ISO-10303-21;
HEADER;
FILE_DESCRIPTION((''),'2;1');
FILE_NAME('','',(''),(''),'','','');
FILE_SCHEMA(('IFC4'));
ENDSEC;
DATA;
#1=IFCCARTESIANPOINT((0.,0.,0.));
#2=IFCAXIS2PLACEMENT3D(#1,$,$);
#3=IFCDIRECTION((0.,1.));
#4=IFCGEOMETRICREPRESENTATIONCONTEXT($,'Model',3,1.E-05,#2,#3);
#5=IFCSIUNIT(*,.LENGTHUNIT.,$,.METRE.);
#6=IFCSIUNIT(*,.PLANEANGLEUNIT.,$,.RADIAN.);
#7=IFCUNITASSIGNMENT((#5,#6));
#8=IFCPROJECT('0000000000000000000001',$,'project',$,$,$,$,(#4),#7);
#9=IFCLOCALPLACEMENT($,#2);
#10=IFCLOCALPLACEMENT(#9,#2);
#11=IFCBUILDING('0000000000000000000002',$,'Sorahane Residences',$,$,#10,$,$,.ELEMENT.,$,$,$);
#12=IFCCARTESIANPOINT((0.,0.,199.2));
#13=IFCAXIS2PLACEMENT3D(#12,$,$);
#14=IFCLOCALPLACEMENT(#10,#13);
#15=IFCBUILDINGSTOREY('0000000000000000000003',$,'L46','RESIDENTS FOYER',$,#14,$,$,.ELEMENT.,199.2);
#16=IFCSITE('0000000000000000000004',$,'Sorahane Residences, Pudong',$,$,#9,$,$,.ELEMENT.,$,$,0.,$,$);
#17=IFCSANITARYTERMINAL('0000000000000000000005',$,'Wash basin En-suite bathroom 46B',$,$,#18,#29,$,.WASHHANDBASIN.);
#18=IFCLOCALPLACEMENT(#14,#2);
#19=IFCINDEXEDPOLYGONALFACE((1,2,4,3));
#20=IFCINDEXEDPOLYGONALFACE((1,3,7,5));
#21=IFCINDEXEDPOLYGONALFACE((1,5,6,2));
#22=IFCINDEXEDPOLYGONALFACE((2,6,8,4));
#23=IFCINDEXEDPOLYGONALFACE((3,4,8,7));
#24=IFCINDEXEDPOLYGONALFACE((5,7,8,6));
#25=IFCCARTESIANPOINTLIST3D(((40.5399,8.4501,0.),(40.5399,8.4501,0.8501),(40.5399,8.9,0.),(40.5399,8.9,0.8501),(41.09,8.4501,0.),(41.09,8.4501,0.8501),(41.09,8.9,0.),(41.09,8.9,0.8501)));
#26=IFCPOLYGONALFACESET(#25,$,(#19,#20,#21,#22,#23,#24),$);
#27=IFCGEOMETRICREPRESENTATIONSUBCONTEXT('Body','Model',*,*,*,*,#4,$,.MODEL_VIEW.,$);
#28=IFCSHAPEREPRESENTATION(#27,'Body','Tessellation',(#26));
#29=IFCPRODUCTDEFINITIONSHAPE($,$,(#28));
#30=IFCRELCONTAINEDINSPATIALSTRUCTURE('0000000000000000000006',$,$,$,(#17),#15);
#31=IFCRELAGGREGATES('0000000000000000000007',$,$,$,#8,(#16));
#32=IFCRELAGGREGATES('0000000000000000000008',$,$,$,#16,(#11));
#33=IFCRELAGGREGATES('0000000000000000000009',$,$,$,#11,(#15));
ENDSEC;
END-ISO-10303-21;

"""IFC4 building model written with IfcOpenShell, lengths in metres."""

from ifc_helpers import new_model, si_unit, direction, frame, origin, origin_2d, place, context, subcontext, project, spatial, rectangle, extrude, element, save


model = new_model("IFC4")

# Units and contexts
model_context = context("Model", 3, precision=1e-05, world=origin(), true_north=direction((0.0, 1.0)))
body_context = subcontext(model_context, "Body", "Model", "MODEL_VIEW")
ifc_project = project(units=[si_unit("LENGTHUNIT", "METRE"), si_unit("PLANEANGLEUNIT", "RADIAN")], contexts=[model_context])

# Site, building, storey
site_placement = place(None, origin())
site = spatial("IfcSite", under=ifc_project, at=site_placement, Name="Sorahane Residences, Pudong", CompositionType="ELEMENT", RefElevation=0.0)
building_placement = place(site_placement, origin())
building = spatial("IfcBuilding", under=site, at=building_placement, Name="Sorahane Residences", CompositionType="ELEMENT")
storey_placement = place(building_placement, frame((0.0, 0.0, 199.2)))
storey = spatial("IfcBuildingStorey", under=building, at=storey_placement, Name="L46", Description="RESIDENTS FOYER", CompositionType="ELEMENT", Elevation=199.2)

# Sanitary terminal
sanitary_terminal_1_placement = place(storey_placement, frame((40.8149, 8.675, 0.0), z_axis=(0.0, 0.0, 1.0), x_axis=(1.0, 0.0, 0.0)))
element("IfcSanitaryTerminal", 1, at=sanitary_terminal_1_placement, inside=storey, Name="Wash basin En-suite bathroom 46B", PredefinedType="WASHHANDBASIN", context=body_context, shape_type="SweptSolid", body=[
    extrude(rectangle(XDim=0.55, YDim=0.45, at=origin_2d()), origin(), (0.0, 0.0, 1.0), 0.8501),
])

save(model, "model.ifc")
